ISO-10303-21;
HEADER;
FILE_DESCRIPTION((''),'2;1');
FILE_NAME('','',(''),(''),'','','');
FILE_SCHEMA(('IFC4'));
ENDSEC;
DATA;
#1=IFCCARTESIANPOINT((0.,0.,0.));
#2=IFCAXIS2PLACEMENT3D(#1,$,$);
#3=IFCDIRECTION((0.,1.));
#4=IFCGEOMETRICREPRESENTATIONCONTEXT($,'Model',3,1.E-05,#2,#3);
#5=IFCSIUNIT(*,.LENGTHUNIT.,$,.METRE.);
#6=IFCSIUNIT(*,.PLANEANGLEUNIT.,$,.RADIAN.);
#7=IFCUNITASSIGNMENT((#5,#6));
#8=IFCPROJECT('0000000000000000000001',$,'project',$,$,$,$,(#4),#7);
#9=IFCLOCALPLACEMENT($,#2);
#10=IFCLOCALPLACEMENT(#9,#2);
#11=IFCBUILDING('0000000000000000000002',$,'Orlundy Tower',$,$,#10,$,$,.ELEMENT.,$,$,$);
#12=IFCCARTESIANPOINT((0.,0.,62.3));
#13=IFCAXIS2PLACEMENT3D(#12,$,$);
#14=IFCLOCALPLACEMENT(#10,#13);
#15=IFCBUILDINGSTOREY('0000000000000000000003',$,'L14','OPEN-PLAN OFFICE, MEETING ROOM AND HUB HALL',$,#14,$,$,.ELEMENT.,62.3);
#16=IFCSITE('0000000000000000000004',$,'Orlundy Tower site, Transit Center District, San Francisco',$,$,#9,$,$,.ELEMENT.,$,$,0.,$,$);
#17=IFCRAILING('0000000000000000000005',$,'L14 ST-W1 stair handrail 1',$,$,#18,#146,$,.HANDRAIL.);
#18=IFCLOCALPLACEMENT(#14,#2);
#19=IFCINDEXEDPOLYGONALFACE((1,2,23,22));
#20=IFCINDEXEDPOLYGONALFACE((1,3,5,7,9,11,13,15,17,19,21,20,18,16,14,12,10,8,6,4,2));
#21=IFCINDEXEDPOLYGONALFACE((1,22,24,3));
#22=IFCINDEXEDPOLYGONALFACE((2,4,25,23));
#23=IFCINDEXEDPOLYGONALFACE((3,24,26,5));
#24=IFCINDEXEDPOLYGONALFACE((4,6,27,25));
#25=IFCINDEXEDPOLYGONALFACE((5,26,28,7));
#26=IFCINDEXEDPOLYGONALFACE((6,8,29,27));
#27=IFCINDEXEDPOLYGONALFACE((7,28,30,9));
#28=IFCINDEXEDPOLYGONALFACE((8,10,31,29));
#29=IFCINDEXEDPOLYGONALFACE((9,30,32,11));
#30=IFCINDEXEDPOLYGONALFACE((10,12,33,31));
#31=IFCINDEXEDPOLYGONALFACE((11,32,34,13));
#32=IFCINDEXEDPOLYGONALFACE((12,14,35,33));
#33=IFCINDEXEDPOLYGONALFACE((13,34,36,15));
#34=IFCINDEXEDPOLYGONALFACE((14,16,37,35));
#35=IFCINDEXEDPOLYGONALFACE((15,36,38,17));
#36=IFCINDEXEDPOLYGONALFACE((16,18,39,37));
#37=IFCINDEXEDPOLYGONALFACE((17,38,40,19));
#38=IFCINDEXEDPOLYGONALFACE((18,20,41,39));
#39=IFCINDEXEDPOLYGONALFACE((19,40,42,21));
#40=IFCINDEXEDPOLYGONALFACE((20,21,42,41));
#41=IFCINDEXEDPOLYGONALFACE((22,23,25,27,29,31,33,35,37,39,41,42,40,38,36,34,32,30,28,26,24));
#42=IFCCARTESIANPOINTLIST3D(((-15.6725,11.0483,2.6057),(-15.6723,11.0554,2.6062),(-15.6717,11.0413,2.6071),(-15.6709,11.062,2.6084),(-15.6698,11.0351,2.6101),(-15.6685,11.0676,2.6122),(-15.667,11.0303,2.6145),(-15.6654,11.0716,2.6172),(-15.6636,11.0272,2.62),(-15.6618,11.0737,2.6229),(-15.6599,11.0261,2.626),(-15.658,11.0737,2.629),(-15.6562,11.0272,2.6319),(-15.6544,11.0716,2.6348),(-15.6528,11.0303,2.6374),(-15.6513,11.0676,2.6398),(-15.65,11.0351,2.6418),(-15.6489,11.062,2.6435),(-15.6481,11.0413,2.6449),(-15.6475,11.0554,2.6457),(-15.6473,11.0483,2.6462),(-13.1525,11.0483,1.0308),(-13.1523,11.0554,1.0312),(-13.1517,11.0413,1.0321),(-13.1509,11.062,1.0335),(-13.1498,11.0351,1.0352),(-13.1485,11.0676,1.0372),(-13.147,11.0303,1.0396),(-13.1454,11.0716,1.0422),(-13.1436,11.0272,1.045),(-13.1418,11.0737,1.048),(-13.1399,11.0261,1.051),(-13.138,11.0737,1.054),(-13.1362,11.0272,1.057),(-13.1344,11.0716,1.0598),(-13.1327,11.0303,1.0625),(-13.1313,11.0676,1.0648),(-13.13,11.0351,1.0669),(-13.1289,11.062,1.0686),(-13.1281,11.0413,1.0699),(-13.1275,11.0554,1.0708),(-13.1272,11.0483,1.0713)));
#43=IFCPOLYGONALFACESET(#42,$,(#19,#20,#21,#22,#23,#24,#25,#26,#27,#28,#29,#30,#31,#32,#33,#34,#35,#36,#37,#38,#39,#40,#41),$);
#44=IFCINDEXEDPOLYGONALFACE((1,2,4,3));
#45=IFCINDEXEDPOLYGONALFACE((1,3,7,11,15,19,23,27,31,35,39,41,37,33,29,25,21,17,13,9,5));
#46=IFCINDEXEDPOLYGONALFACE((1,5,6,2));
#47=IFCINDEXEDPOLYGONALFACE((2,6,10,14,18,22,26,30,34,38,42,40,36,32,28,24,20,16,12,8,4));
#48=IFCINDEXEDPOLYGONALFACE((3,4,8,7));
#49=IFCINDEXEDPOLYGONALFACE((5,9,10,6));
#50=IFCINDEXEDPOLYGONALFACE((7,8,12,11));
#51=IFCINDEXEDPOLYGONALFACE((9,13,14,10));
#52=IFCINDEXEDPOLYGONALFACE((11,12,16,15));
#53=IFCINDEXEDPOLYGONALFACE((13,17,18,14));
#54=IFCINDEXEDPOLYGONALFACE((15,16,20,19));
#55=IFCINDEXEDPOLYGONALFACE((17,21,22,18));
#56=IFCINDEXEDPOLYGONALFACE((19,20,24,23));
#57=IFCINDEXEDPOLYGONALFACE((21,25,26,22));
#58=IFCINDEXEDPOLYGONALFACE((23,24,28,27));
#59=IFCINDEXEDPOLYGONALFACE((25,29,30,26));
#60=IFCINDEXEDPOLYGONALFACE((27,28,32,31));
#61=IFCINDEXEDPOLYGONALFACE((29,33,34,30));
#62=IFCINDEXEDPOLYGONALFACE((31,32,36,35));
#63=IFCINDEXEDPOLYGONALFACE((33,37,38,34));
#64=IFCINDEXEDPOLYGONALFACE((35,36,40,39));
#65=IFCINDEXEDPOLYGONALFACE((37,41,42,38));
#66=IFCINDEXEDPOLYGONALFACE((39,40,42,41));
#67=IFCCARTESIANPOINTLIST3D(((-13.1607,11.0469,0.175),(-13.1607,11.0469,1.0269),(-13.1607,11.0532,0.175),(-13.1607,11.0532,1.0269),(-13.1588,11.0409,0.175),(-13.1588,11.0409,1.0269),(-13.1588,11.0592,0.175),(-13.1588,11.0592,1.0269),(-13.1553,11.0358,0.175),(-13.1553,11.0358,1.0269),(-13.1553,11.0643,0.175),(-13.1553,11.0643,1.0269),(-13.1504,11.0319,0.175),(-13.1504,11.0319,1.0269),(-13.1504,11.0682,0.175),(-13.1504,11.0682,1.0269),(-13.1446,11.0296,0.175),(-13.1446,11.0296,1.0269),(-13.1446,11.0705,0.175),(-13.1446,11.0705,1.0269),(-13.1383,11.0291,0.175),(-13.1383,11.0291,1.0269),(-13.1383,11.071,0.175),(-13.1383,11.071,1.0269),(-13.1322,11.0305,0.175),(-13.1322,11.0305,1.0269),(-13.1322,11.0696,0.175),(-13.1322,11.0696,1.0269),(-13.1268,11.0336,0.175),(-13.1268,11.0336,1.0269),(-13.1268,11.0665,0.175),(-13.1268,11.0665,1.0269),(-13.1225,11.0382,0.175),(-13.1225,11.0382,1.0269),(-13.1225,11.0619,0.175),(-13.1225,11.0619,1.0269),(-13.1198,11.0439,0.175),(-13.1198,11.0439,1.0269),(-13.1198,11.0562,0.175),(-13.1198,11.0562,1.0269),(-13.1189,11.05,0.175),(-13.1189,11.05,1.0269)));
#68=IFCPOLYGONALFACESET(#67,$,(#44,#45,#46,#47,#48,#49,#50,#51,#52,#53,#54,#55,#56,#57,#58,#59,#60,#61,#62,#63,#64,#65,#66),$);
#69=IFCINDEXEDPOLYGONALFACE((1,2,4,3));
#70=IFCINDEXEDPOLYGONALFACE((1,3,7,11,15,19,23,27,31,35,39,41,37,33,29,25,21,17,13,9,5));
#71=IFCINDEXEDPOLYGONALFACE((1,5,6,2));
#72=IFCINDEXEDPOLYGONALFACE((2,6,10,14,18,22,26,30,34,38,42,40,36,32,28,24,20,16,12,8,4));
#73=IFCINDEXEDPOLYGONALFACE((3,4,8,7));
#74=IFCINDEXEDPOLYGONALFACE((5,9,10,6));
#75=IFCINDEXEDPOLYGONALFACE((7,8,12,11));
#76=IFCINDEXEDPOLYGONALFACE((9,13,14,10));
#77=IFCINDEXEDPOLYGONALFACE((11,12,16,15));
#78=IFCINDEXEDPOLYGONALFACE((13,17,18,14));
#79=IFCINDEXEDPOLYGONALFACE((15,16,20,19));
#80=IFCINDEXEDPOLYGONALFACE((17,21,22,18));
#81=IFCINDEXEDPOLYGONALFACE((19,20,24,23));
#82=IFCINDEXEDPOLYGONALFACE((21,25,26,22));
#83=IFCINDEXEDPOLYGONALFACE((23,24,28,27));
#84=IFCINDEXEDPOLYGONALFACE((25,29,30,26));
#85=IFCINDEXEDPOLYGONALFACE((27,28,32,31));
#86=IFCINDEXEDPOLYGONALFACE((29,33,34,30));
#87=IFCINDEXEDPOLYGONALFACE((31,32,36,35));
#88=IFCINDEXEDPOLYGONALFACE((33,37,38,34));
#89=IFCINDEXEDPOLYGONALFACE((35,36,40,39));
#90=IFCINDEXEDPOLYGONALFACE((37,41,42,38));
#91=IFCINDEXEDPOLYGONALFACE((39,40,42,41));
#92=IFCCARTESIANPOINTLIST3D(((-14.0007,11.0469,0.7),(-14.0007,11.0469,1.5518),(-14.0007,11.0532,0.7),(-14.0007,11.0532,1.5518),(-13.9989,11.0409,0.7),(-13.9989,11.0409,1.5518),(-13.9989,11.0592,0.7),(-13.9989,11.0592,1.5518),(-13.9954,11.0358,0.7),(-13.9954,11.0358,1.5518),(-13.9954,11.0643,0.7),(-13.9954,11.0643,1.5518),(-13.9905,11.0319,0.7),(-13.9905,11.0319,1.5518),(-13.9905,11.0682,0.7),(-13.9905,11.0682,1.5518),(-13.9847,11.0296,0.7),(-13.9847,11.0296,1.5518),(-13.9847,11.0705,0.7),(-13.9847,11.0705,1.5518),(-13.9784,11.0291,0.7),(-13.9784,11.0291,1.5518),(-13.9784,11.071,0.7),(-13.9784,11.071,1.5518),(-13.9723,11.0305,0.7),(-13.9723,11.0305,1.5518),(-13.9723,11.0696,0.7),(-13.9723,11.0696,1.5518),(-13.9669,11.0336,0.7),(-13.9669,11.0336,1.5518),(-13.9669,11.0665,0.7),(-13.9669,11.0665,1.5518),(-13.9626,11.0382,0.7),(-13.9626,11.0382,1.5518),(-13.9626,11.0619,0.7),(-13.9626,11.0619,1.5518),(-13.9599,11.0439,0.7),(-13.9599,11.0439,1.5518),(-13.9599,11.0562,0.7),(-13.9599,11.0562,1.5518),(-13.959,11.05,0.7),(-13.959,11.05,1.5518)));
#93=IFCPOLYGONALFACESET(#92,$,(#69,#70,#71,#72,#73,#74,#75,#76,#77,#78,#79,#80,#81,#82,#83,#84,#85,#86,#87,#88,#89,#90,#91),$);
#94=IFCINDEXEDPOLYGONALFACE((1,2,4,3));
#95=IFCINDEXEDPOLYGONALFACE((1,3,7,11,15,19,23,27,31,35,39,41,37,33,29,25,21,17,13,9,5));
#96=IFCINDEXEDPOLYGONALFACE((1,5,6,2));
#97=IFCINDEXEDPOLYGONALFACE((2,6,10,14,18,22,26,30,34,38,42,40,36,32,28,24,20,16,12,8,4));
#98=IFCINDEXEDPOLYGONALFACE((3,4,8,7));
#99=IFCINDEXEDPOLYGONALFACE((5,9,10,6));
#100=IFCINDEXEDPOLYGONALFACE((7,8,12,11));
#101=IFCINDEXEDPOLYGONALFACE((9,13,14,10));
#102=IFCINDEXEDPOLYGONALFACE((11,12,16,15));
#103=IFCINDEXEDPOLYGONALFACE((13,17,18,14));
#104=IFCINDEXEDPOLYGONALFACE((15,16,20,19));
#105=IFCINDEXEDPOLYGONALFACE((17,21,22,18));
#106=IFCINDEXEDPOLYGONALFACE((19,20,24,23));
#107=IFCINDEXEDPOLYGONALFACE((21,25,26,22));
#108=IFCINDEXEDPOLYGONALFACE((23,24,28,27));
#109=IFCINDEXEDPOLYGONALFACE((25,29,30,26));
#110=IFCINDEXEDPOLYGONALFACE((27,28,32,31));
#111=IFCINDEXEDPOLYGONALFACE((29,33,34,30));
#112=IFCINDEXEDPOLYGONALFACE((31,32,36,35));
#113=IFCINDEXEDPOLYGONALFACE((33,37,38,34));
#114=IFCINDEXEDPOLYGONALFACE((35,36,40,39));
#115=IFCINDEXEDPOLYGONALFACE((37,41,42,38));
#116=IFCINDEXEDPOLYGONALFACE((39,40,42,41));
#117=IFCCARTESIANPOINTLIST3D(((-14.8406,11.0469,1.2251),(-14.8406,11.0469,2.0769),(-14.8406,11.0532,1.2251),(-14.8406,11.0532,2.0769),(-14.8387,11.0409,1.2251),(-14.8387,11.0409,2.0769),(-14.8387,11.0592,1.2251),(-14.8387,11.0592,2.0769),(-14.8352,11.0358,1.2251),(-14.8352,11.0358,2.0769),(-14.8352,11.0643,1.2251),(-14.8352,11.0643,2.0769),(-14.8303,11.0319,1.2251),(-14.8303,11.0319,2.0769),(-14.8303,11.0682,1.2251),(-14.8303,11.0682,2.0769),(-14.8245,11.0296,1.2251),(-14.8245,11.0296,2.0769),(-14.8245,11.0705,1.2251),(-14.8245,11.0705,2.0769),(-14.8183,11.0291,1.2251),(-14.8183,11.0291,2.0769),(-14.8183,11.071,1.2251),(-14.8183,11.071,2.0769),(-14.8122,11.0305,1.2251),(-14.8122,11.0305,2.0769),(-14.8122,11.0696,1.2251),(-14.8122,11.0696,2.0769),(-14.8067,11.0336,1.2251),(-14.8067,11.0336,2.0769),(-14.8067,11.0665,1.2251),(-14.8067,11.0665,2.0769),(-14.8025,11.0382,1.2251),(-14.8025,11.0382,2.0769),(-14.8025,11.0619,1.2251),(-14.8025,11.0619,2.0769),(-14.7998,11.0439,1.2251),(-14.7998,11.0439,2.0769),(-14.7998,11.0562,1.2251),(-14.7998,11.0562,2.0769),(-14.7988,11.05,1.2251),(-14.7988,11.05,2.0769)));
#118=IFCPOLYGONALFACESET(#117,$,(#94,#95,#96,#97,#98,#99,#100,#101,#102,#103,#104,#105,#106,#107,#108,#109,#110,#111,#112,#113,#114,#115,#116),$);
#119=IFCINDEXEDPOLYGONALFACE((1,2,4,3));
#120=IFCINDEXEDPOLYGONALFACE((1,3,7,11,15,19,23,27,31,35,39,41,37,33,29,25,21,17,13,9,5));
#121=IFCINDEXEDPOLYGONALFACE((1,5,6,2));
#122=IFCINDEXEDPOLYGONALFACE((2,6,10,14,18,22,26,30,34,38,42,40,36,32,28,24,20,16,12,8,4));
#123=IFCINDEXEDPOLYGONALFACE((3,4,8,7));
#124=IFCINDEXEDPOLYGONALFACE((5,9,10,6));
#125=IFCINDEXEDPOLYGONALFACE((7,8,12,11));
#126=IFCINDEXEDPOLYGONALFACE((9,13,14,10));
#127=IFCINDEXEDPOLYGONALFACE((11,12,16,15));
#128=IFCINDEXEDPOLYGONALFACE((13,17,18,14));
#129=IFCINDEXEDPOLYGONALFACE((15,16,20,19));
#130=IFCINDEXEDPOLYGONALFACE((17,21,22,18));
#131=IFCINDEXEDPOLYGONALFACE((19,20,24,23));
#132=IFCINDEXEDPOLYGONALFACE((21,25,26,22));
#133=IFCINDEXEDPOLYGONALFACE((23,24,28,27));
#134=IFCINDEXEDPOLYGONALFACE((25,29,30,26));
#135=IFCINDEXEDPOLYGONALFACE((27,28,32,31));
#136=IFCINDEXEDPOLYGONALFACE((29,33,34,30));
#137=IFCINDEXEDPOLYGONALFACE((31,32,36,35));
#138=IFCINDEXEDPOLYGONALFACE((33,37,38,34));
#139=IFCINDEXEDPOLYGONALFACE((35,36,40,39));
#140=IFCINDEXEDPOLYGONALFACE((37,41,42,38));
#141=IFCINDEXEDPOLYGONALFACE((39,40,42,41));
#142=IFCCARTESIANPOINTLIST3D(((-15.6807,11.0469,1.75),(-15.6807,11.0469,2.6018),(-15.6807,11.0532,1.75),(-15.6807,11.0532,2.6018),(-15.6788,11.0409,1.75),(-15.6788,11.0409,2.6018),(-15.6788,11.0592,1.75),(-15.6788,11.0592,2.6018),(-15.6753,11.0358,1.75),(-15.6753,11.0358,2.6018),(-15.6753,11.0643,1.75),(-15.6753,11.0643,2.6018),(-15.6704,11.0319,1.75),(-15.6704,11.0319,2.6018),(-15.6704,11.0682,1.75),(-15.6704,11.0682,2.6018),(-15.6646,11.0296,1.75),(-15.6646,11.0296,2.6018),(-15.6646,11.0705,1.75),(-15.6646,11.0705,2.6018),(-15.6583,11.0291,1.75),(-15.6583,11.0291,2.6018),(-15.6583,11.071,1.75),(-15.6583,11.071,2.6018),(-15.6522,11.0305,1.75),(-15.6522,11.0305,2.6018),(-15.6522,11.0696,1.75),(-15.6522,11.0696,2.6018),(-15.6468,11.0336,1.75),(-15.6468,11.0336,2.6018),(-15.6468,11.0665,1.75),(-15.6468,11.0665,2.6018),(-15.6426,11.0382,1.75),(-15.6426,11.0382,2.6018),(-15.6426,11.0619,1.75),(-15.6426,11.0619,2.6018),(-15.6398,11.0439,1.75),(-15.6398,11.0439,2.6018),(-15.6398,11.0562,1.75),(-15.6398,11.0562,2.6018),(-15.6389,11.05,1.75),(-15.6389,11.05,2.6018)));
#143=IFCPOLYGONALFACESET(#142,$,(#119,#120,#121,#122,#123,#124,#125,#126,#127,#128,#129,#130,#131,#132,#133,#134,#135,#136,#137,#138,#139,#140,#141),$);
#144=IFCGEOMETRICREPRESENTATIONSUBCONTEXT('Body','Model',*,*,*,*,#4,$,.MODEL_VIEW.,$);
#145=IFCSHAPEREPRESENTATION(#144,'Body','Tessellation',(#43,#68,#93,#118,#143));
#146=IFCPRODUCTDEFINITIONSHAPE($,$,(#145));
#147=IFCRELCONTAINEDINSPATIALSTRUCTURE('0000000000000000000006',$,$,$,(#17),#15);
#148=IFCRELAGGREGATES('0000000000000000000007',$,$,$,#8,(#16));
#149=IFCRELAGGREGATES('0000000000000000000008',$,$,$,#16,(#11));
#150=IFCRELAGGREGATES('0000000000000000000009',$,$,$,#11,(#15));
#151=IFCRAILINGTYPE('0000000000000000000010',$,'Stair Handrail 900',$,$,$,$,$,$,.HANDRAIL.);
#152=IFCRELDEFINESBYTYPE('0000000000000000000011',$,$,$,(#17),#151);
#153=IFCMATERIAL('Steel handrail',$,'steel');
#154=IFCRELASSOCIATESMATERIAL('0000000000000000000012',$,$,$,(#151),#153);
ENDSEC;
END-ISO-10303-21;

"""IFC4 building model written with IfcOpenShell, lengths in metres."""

from ifc_helpers import new_model, si_unit, direction, frame, origin, origin_2d, place, context, subcontext, project, spatial, circle, extrude, material, type_object, element, save


model = new_model("IFC4")

# Units and contexts
model_context = context("Model", 3, precision=1e-05, world=origin(), true_north=direction((0.0, 1.0)))
body_context = subcontext(model_context, "Body", "Model", "MODEL_VIEW")
ifc_project = project(units=[si_unit("LENGTHUNIT", "METRE"), si_unit("PLANEANGLEUNIT", "RADIAN")], contexts=[model_context])

# Site, building, storey
site_placement = place(None, origin())
site = spatial("IfcSite", under=ifc_project, at=site_placement, Name="Orlundy Tower site, Transit Center District, San Francisco", CompositionType="ELEMENT", RefElevation=0.0)
building_placement = place(site_placement, origin())
building = spatial("IfcBuilding", under=site, at=building_placement, Name="Orlundy Tower", CompositionType="ELEMENT")
storey_placement = place(building_placement, frame((0.0, 0.0, 62.3)))
storey = spatial("IfcBuildingStorey", under=building, at=storey_placement, Name="L14", Description="OPEN-PLAN OFFICE, MEETING ROOM AND HUB HALL", CompositionType="ELEMENT", Elevation=62.3)

# Railing
ifc_material_1 = material(Name="Steel handrail", Category="steel")
railing_type_1 = type_object("IfcRailingType", Name="Stair Handrail 900", PredefinedType="HANDRAIL", material=ifc_material_1)
railing_1_placement = place(storey_placement, frame((-13.1399, 11.05, 0.175)))
element("IfcRailing", 1, at=railing_1_placement, inside=storey, type_object=railing_type_1, Name="L14 ST-W1 stair handrail 1", PredefinedType="HANDRAIL", context=body_context, shape_type="SweptSolid", body=[
    extrude(circle(Radius=0.0239, at=origin_2d()), frame((0.0, 0.0, 0.876), z_axis=(-0.848008, 0.0, 0.529984), x_axis=(0.0, -1.0, 0.0)), (0.0, 0.0, 1.0), 2.9717),
    extrude(circle(Radius=0.021, at=origin_2d()), origin(), (0.0, 0.0, 1.0), 0.8518),
    extrude(circle(Radius=0.021, at=origin_2d()), frame((-0.8401, 0.0, 0.5249)), (0.0, 0.0, 1.0), 0.8518),
    extrude(circle(Radius=0.021, at=origin_2d()), frame((-1.6799, 0.0, 1.05)), (0.0, 0.0, 1.0), 0.8518),
    extrude(circle(Radius=0.021, at=origin_2d()), frame((-2.52, 0.0, 1.575)), (0.0, 0.0, 1.0), 0.8518),
])

save(model, "model.ifc")
